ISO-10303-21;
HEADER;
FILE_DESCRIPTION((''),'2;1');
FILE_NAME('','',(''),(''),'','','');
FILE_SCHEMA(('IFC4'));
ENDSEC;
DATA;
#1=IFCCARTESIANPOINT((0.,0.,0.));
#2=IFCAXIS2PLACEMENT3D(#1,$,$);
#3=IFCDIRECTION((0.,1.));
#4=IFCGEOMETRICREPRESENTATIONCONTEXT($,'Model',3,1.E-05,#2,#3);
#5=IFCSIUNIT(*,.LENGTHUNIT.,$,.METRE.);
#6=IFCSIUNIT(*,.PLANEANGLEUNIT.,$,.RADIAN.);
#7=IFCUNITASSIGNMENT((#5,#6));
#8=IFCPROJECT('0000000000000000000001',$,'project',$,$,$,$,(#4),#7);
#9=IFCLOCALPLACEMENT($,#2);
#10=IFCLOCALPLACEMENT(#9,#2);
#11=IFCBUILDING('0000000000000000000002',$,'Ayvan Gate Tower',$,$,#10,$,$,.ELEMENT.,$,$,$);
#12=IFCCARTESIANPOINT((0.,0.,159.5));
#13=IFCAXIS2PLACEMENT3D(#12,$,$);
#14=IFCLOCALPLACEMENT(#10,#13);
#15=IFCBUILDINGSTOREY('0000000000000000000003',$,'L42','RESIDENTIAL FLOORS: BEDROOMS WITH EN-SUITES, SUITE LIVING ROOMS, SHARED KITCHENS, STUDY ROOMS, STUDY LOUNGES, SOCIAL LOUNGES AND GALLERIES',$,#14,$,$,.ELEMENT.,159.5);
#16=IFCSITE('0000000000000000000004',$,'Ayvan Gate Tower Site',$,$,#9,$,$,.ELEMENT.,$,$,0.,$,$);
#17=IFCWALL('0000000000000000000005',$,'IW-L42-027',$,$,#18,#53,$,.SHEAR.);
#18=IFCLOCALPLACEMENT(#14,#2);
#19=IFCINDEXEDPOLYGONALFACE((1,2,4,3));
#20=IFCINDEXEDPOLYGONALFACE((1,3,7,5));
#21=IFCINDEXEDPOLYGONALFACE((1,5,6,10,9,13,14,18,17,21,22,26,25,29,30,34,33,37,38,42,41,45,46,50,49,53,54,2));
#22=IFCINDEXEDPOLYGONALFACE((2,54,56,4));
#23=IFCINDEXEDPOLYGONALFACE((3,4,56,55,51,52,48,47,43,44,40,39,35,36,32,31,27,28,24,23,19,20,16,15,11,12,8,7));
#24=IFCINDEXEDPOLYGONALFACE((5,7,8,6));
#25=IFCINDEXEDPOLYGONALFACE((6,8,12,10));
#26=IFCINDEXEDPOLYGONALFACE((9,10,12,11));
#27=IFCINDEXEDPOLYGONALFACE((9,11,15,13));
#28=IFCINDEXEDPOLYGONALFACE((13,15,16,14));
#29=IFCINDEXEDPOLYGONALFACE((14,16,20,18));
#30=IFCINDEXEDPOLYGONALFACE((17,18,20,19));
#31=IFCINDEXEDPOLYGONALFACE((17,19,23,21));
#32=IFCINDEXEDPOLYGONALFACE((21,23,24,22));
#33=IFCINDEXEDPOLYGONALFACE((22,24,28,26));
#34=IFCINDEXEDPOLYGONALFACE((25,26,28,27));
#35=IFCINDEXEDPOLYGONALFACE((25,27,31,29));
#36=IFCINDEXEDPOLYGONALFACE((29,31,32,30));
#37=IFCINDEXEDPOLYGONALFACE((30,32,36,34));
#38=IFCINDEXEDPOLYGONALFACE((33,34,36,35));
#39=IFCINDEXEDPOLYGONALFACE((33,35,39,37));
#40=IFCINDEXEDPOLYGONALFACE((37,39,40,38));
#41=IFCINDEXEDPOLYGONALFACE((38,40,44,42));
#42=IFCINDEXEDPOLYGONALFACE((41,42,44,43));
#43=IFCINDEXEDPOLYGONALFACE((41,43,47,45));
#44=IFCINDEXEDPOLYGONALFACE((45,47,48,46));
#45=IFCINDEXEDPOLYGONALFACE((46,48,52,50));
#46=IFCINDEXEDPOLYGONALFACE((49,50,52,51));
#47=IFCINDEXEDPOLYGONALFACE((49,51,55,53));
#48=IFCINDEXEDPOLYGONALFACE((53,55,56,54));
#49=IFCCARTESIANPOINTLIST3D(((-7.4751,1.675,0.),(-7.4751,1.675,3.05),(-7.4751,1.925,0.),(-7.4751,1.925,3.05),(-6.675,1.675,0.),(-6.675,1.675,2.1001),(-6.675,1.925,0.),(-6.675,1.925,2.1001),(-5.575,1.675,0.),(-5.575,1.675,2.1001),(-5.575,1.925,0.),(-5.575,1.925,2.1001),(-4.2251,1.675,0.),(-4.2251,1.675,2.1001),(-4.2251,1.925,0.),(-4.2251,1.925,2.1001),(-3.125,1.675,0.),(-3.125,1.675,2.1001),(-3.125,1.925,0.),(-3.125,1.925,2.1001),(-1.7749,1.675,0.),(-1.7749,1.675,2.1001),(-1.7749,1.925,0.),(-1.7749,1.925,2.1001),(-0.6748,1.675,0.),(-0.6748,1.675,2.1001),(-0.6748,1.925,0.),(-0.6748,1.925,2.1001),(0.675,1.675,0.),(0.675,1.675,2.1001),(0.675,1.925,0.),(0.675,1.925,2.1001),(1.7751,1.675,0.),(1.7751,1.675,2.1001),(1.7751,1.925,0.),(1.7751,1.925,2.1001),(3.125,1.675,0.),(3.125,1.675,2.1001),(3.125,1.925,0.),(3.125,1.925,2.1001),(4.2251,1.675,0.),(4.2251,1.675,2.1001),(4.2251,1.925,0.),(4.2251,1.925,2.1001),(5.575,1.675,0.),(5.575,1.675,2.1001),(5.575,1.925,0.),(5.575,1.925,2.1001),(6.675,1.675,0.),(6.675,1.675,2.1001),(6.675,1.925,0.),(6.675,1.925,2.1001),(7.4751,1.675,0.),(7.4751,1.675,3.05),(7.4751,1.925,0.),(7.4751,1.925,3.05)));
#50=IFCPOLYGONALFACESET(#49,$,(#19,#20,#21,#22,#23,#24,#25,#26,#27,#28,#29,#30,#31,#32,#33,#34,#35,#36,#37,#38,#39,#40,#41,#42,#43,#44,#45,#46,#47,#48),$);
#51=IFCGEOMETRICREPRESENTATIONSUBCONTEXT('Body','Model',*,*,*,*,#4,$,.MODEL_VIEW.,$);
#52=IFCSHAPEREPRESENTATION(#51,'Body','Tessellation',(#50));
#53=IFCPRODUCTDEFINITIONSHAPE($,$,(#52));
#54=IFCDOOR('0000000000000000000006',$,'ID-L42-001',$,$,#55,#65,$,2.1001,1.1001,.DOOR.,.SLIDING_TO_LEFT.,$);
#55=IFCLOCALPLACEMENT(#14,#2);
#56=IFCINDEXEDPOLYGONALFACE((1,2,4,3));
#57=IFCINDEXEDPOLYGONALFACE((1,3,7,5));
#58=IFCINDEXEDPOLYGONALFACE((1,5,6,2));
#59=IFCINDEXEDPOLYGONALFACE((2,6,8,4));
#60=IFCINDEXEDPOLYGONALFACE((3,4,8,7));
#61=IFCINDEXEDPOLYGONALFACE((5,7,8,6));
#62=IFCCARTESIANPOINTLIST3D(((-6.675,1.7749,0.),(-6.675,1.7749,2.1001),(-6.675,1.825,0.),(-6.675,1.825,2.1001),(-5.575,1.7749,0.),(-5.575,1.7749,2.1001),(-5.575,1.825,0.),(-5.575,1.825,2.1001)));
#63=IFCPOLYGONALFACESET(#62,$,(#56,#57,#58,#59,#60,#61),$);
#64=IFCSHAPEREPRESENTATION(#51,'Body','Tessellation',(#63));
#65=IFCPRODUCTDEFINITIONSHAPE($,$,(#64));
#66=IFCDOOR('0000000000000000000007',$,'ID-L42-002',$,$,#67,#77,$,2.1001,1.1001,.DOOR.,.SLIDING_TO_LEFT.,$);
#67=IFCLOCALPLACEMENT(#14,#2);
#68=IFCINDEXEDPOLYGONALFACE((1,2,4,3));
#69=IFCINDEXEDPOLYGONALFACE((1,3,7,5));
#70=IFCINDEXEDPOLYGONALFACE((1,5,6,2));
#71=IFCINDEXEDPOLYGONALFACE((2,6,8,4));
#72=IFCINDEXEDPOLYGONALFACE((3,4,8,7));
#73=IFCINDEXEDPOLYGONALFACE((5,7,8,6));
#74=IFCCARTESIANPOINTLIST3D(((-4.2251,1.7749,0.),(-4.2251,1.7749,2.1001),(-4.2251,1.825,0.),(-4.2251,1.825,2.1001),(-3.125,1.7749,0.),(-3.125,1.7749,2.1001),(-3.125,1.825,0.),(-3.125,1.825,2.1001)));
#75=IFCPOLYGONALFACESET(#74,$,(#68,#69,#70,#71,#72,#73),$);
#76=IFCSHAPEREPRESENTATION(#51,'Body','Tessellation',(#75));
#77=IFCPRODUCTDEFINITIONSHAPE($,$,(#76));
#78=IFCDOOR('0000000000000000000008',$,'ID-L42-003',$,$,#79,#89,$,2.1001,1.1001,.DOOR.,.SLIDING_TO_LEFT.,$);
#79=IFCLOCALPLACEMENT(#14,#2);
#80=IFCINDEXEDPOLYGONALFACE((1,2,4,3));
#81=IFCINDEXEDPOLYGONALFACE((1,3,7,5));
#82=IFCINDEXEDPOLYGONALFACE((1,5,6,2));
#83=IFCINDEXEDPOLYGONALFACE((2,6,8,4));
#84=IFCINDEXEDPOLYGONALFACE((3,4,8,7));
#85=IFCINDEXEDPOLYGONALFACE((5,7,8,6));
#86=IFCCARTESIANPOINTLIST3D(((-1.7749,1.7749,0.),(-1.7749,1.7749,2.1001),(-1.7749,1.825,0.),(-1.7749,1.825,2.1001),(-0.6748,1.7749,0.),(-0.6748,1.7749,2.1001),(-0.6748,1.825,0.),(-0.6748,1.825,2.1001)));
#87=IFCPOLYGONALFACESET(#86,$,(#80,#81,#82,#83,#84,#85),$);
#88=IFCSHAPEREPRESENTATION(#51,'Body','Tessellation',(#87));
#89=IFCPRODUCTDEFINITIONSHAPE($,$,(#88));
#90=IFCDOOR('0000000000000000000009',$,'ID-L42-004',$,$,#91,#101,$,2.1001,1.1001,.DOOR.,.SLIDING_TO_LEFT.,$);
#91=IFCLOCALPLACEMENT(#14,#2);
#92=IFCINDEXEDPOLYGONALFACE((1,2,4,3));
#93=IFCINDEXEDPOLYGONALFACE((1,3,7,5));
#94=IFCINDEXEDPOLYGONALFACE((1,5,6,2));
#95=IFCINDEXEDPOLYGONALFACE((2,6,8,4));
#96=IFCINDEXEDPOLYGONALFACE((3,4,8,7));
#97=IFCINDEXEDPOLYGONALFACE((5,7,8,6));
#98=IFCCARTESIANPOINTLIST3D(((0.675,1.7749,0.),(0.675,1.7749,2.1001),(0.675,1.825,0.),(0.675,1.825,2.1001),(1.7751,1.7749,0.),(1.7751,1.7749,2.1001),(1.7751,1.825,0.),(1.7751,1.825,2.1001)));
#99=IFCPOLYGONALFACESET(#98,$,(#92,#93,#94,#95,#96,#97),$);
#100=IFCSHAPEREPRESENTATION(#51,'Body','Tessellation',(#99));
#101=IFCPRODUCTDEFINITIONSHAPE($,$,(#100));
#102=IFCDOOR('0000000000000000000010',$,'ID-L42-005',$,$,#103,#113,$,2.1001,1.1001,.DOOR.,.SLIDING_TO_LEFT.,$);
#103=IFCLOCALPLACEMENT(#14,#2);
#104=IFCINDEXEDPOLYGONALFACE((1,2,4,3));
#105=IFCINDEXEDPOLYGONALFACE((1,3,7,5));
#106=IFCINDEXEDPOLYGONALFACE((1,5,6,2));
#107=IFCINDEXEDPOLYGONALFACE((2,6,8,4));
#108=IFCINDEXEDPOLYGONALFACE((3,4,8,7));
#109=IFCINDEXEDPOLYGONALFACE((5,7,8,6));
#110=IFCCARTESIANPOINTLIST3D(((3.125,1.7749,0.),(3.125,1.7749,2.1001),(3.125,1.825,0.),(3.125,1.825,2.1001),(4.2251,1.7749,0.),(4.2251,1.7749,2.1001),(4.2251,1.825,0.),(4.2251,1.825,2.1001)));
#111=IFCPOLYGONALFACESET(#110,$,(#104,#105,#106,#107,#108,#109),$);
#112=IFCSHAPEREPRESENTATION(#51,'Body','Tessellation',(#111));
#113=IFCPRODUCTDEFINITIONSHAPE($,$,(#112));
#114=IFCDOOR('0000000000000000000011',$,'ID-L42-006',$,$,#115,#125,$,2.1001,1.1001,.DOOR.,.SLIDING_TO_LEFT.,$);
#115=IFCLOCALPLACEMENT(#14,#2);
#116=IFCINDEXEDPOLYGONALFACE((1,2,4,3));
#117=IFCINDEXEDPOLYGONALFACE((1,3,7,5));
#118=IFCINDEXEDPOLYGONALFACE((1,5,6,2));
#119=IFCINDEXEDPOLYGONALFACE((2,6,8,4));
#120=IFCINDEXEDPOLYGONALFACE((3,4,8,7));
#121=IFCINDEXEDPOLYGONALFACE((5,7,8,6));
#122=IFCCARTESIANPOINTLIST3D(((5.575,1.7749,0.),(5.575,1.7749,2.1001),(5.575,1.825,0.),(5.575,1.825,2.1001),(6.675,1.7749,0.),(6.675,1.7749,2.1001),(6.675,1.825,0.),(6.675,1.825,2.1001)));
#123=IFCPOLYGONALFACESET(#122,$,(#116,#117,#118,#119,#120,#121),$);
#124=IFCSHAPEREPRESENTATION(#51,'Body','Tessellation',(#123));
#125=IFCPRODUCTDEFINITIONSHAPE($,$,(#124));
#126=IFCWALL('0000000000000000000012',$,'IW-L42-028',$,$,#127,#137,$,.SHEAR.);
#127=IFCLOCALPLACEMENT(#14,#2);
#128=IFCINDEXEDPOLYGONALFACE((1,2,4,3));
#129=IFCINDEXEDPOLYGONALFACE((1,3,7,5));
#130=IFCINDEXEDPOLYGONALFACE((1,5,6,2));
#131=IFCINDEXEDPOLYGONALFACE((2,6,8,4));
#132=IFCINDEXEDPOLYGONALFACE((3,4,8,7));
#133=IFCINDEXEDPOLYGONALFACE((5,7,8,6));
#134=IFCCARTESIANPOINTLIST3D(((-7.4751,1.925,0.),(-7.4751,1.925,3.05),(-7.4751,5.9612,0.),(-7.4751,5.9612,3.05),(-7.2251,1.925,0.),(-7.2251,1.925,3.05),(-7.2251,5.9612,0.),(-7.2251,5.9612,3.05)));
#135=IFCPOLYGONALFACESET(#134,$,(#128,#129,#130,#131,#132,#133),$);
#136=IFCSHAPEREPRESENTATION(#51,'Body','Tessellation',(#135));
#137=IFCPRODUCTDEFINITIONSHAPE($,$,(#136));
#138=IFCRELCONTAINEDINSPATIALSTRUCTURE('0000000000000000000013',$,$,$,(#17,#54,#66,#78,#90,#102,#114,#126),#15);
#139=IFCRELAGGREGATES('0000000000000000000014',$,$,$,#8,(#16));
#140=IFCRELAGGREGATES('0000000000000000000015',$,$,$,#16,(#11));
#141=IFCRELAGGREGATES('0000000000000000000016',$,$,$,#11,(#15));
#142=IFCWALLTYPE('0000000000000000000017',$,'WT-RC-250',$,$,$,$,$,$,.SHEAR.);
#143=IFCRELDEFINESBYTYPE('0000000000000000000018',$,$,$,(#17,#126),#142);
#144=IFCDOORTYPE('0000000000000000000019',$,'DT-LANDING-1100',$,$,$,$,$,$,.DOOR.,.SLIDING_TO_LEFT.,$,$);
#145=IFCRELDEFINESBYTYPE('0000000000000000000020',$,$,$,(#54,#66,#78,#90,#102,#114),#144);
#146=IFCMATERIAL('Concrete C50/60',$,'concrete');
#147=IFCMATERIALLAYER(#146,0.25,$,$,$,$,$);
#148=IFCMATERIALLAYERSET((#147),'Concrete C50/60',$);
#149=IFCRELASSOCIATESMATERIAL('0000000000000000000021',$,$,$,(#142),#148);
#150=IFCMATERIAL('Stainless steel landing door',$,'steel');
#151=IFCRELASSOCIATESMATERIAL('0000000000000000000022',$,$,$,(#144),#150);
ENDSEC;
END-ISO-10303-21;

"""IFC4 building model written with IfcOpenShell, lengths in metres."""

from ifc_helpers import new_model, si_unit, direction, frame, frame_2d, origin, place, context, subcontext, project, spatial, rectangle, extrude, material, layer, layer_set, type_object, element, fill, save


model = new_model("IFC4")

# Units and contexts
model_context = context("Model", 3, precision=1e-05, world=origin(), true_north=direction((0.0, 1.0)))
body_context = subcontext(model_context, "Body", "Model", "MODEL_VIEW")
ifc_project = project(units=[si_unit("LENGTHUNIT", "METRE"), si_unit("PLANEANGLEUNIT", "RADIAN")], contexts=[model_context])

# Site, building, storey
site_placement = place(None, origin())
site = spatial("IfcSite", under=ifc_project, at=site_placement, Name="Ayvan Gate Tower Site", CompositionType="ELEMENT", RefElevation=0.0)
building_placement = place(site_placement, origin())
building = spatial("IfcBuilding", under=site, at=building_placement, Name="Ayvan Gate Tower", CompositionType="ELEMENT")
storey_placement = place(building_placement, frame((0.0, 0.0, 159.5)))
storey = spatial("IfcBuildingStorey", under=building, at=storey_placement, Name="L42", Description="RESIDENTIAL FLOORS: BEDROOMS WITH EN-SUITES, SUITE LIVING ROOMS, SHARED KITCHENS, STUDY ROOMS, STUDY LOUNGES, SOCIAL LOUNGES AND GALLERIES", CompositionType="ELEMENT", Elevation=159.5)

# Wall, openings, doors
ifc_material_1 = material(Name="Concrete C50/60", Category="concrete")
ifc_layer_1 = layer(ifc_material_1, 0.25)
ifc_layer_set_1 = layer_set([ifc_layer_1], Name="Concrete C50/60")
wall_type_1 = type_object("IfcWallType", Name="WT-RC-250", PredefinedType="SHEAR", material=ifc_layer_set_1)
wall_1_placement = place(storey_placement, frame((-7.4751, 1.8, 0.0), z_axis=(0.0, 0.0, 1.0), x_axis=(1.0, 0.0, 0.0)))
wall_1 = element("IfcWall", 1, at=wall_1_placement, inside=storey, type_object=wall_type_1, Name="IW-L42-027", PredefinedType="SHEAR", context=body_context, shape_type="SweptSolid", body=[
    extrude(rectangle(XDim=14.9502, YDim=0.25, at=frame_2d((7.4751, 0.0))), origin(), (0.0, 0.0, 1.0), 3.05),
])
opening_1_placement = place(wall_1_placement, frame((0.8, 0.0, 0.0)))
opening_1 = element("IfcOpeningElement", 2, at=opening_1_placement, cuts=wall_1, PredefinedType="OPENING", context=body_context, shape_type="SweptSolid", body=[
    extrude(rectangle(XDim=1.1001, YDim=2.1001, at=frame_2d((0.55, 1.05))), frame((0.0, 0.135, 0.0), z_axis=(0.0, -1.0, 0.0), x_axis=(1.0, 0.0, 0.0)), (0.0, 0.0, 1.0), 0.27),
])
opening_2_placement = place(wall_1_placement, frame((3.25, 0.0, 0.0)))
opening_2 = element("IfcOpeningElement", 3, at=opening_2_placement, cuts=wall_1, PredefinedType="OPENING", context=body_context, shape_type="SweptSolid", body=[
    extrude(rectangle(XDim=1.1001, YDim=2.1001, at=frame_2d((0.55, 1.05))), frame((0.0, 0.135, 0.0), z_axis=(0.0, -1.0, 0.0), x_axis=(1.0, 0.0, 0.0)), (0.0, 0.0, 1.0), 0.27),
])
opening_3_placement = place(wall_1_placement, frame((5.7002, 0.0, 0.0)))
opening_3 = element("IfcOpeningElement", 4, at=opening_3_placement, cuts=wall_1, PredefinedType="OPENING", context=body_context, shape_type="SweptSolid", body=[
    extrude(rectangle(XDim=1.1001, YDim=2.1001, at=frame_2d((0.55, 1.05))), frame((0.0, 0.135, 0.0), z_axis=(0.0, -1.0, 0.0), x_axis=(1.0, 0.0, 0.0)), (0.0, 0.0, 1.0), 0.27),
])
opening_4_placement = place(wall_1_placement, frame((8.1501, 0.0, 0.0)))
opening_4 = element("IfcOpeningElement", 5, at=opening_4_placement, cuts=wall_1, PredefinedType="OPENING", context=body_context, shape_type="SweptSolid", body=[
    extrude(rectangle(XDim=1.1001, YDim=2.1001, at=frame_2d((0.55, 1.05))), frame((0.0, 0.135, 0.0), z_axis=(0.0, -1.0, 0.0), x_axis=(1.0, 0.0, 0.0)), (0.0, 0.0, 1.0), 0.27),
])
opening_5_placement = place(wall_1_placement, frame((10.6001, 0.0, 0.0)))
opening_5 = element("IfcOpeningElement", 6, at=opening_5_placement, cuts=wall_1, PredefinedType="OPENING", context=body_context, shape_type="SweptSolid", body=[
    extrude(rectangle(XDim=1.1001, YDim=2.1001, at=frame_2d((0.55, 1.05))), frame((0.0, 0.135, 0.0), z_axis=(0.0, -1.0, 0.0), x_axis=(1.0, 0.0, 0.0)), (0.0, 0.0, 1.0), 0.27),
])
opening_6_placement = place(wall_1_placement, frame((13.05, 0.0, 0.0)))
opening_6 = element("IfcOpeningElement", 7, at=opening_6_placement, cuts=wall_1, PredefinedType="OPENING", context=body_context, shape_type="SweptSolid", body=[
    extrude(rectangle(XDim=1.1001, YDim=2.1001, at=frame_2d((0.55, 1.05))), frame((0.0, 0.135, 0.0), z_axis=(0.0, -1.0, 0.0), x_axis=(1.0, 0.0, 0.0)), (0.0, 0.0, 1.0), 0.27),
])
ifc_material_2 = material(Name="Stainless steel landing door", Category="steel")
door_type_1 = type_object("IfcDoorType", Name="DT-LANDING-1100", OperationType="SLIDING_TO_LEFT", PredefinedType="DOOR", material=ifc_material_2)
door_1_placement = place(opening_1_placement, origin())
door_1 = element("IfcDoor", 8, at=door_1_placement, inside=storey, type_object=door_type_1, Name="ID-L42-001", OperationType="SLIDING_TO_LEFT", OverallHeight=2.1001, OverallWidth=1.1001, PredefinedType="DOOR", context=body_context, shape_type="SweptSolid", body=[
    extrude(rectangle(XDim=1.1001, YDim=2.1001, at=frame_2d((0.55, 1.05))), frame((0.0, 0.0249, 0.0), z_axis=(0.0, -1.0, 0.0), x_axis=(1.0, 0.0, 0.0)), (0.0, 0.0, 1.0), 0.05),
])
fill(opening_1, door_1)
door_2_placement = place(opening_2_placement, origin())
door_2 = element("IfcDoor", 9, at=door_2_placement, inside=storey, type_object=door_type_1, Name="ID-L42-002", OperationType="SLIDING_TO_LEFT", OverallHeight=2.1001, OverallWidth=1.1001, PredefinedType="DOOR", context=body_context, shape_type="SweptSolid", body=[
    extrude(rectangle(XDim=1.1001, YDim=2.1001, at=frame_2d((0.55, 1.05))), frame((0.0, 0.0249, 0.0), z_axis=(0.0, -1.0, 0.0), x_axis=(1.0, 0.0, 0.0)), (0.0, 0.0, 1.0), 0.05),
])
fill(opening_2, door_2)
door_3_placement = place(opening_3_placement, origin())
door_3 = element("IfcDoor", 10, at=door_3_placement, inside=storey, type_object=door_type_1, Name="ID-L42-003", OperationType="SLIDING_TO_LEFT", OverallHeight=2.1001, OverallWidth=1.1001, PredefinedType="DOOR", context=body_context, shape_type="SweptSolid", body=[
    extrude(rectangle(XDim=1.1001, YDim=2.1001, at=frame_2d((0.55, 1.05))), frame((0.0, 0.0249, 0.0), z_axis=(0.0, -1.0, 0.0), x_axis=(1.0, 0.0, 0.0)), (0.0, 0.0, 1.0), 0.05),
])
fill(opening_3, door_3)
door_4_placement = place(opening_4_placement, origin())
door_4 = element("IfcDoor", 11, at=door_4_placement, inside=storey, type_object=door_type_1, Name="ID-L42-004", OperationType="SLIDING_TO_LEFT", OverallHeight=2.1001, OverallWidth=1.1001, PredefinedType="DOOR", context=body_context, shape_type="SweptSolid", body=[
    extrude(rectangle(XDim=1.1001, YDim=2.1001, at=frame_2d((0.55, 1.05))), frame((0.0, 0.0249, 0.0), z_axis=(0.0, -1.0, 0.0), x_axis=(1.0, 0.0, 0.0)), (0.0, 0.0, 1.0), 0.05),
])
fill(opening_4, door_4)
door_5_placement = place(opening_5_placement, origin())
door_5 = element("IfcDoor", 12, at=door_5_placement, inside=storey, type_object=door_type_1, Name="ID-L42-005", OperationType="SLIDING_TO_LEFT", OverallHeight=2.1001, OverallWidth=1.1001, PredefinedType="DOOR", context=body_context, shape_type="SweptSolid", body=[
    extrude(rectangle(XDim=1.1001, YDim=2.1001, at=frame_2d((0.55, 1.05))), frame((0.0, 0.0249, 0.0), z_axis=(0.0, -1.0, 0.0), x_axis=(1.0, 0.0, 0.0)), (0.0, 0.0, 1.0), 0.05),
])
fill(opening_5, door_5)
door_6_placement = place(opening_6_placement, origin())
door_6 = element("IfcDoor", 13, at=door_6_placement, inside=storey, type_object=door_type_1, Name="ID-L42-006", OperationType="SLIDING_TO_LEFT", OverallHeight=2.1001, OverallWidth=1.1001, PredefinedType="DOOR", context=body_context, shape_type="SweptSolid", body=[
    extrude(rectangle(XDim=1.1001, YDim=2.1001, at=frame_2d((0.55, 1.05))), frame((0.0, 0.0249, 0.0), z_axis=(0.0, -1.0, 0.0), x_axis=(1.0, 0.0, 0.0)), (0.0, 0.0, 1.0), 0.05),
])
fill(opening_6, door_6)

# Wall
wall_2_placement = place(storey_placement, frame((-7.3501, 1.925, 0.0), z_axis=(0.0, 0.0, 1.0), x_axis=(0.0, 1.0, 0.0)))
element("IfcWall", 14, at=wall_2_placement, inside=storey, type_object=wall_type_1, Name="IW-L42-028", PredefinedType="SHEAR", context=body_context, shape_type="SweptSolid", body=[
    extrude(rectangle(XDim=4.0361, YDim=0.25, at=frame_2d((2.0181, 0.0))), origin(), (0.0, 0.0, 1.0), 3.05),
])

save(model, "model.ifc")
